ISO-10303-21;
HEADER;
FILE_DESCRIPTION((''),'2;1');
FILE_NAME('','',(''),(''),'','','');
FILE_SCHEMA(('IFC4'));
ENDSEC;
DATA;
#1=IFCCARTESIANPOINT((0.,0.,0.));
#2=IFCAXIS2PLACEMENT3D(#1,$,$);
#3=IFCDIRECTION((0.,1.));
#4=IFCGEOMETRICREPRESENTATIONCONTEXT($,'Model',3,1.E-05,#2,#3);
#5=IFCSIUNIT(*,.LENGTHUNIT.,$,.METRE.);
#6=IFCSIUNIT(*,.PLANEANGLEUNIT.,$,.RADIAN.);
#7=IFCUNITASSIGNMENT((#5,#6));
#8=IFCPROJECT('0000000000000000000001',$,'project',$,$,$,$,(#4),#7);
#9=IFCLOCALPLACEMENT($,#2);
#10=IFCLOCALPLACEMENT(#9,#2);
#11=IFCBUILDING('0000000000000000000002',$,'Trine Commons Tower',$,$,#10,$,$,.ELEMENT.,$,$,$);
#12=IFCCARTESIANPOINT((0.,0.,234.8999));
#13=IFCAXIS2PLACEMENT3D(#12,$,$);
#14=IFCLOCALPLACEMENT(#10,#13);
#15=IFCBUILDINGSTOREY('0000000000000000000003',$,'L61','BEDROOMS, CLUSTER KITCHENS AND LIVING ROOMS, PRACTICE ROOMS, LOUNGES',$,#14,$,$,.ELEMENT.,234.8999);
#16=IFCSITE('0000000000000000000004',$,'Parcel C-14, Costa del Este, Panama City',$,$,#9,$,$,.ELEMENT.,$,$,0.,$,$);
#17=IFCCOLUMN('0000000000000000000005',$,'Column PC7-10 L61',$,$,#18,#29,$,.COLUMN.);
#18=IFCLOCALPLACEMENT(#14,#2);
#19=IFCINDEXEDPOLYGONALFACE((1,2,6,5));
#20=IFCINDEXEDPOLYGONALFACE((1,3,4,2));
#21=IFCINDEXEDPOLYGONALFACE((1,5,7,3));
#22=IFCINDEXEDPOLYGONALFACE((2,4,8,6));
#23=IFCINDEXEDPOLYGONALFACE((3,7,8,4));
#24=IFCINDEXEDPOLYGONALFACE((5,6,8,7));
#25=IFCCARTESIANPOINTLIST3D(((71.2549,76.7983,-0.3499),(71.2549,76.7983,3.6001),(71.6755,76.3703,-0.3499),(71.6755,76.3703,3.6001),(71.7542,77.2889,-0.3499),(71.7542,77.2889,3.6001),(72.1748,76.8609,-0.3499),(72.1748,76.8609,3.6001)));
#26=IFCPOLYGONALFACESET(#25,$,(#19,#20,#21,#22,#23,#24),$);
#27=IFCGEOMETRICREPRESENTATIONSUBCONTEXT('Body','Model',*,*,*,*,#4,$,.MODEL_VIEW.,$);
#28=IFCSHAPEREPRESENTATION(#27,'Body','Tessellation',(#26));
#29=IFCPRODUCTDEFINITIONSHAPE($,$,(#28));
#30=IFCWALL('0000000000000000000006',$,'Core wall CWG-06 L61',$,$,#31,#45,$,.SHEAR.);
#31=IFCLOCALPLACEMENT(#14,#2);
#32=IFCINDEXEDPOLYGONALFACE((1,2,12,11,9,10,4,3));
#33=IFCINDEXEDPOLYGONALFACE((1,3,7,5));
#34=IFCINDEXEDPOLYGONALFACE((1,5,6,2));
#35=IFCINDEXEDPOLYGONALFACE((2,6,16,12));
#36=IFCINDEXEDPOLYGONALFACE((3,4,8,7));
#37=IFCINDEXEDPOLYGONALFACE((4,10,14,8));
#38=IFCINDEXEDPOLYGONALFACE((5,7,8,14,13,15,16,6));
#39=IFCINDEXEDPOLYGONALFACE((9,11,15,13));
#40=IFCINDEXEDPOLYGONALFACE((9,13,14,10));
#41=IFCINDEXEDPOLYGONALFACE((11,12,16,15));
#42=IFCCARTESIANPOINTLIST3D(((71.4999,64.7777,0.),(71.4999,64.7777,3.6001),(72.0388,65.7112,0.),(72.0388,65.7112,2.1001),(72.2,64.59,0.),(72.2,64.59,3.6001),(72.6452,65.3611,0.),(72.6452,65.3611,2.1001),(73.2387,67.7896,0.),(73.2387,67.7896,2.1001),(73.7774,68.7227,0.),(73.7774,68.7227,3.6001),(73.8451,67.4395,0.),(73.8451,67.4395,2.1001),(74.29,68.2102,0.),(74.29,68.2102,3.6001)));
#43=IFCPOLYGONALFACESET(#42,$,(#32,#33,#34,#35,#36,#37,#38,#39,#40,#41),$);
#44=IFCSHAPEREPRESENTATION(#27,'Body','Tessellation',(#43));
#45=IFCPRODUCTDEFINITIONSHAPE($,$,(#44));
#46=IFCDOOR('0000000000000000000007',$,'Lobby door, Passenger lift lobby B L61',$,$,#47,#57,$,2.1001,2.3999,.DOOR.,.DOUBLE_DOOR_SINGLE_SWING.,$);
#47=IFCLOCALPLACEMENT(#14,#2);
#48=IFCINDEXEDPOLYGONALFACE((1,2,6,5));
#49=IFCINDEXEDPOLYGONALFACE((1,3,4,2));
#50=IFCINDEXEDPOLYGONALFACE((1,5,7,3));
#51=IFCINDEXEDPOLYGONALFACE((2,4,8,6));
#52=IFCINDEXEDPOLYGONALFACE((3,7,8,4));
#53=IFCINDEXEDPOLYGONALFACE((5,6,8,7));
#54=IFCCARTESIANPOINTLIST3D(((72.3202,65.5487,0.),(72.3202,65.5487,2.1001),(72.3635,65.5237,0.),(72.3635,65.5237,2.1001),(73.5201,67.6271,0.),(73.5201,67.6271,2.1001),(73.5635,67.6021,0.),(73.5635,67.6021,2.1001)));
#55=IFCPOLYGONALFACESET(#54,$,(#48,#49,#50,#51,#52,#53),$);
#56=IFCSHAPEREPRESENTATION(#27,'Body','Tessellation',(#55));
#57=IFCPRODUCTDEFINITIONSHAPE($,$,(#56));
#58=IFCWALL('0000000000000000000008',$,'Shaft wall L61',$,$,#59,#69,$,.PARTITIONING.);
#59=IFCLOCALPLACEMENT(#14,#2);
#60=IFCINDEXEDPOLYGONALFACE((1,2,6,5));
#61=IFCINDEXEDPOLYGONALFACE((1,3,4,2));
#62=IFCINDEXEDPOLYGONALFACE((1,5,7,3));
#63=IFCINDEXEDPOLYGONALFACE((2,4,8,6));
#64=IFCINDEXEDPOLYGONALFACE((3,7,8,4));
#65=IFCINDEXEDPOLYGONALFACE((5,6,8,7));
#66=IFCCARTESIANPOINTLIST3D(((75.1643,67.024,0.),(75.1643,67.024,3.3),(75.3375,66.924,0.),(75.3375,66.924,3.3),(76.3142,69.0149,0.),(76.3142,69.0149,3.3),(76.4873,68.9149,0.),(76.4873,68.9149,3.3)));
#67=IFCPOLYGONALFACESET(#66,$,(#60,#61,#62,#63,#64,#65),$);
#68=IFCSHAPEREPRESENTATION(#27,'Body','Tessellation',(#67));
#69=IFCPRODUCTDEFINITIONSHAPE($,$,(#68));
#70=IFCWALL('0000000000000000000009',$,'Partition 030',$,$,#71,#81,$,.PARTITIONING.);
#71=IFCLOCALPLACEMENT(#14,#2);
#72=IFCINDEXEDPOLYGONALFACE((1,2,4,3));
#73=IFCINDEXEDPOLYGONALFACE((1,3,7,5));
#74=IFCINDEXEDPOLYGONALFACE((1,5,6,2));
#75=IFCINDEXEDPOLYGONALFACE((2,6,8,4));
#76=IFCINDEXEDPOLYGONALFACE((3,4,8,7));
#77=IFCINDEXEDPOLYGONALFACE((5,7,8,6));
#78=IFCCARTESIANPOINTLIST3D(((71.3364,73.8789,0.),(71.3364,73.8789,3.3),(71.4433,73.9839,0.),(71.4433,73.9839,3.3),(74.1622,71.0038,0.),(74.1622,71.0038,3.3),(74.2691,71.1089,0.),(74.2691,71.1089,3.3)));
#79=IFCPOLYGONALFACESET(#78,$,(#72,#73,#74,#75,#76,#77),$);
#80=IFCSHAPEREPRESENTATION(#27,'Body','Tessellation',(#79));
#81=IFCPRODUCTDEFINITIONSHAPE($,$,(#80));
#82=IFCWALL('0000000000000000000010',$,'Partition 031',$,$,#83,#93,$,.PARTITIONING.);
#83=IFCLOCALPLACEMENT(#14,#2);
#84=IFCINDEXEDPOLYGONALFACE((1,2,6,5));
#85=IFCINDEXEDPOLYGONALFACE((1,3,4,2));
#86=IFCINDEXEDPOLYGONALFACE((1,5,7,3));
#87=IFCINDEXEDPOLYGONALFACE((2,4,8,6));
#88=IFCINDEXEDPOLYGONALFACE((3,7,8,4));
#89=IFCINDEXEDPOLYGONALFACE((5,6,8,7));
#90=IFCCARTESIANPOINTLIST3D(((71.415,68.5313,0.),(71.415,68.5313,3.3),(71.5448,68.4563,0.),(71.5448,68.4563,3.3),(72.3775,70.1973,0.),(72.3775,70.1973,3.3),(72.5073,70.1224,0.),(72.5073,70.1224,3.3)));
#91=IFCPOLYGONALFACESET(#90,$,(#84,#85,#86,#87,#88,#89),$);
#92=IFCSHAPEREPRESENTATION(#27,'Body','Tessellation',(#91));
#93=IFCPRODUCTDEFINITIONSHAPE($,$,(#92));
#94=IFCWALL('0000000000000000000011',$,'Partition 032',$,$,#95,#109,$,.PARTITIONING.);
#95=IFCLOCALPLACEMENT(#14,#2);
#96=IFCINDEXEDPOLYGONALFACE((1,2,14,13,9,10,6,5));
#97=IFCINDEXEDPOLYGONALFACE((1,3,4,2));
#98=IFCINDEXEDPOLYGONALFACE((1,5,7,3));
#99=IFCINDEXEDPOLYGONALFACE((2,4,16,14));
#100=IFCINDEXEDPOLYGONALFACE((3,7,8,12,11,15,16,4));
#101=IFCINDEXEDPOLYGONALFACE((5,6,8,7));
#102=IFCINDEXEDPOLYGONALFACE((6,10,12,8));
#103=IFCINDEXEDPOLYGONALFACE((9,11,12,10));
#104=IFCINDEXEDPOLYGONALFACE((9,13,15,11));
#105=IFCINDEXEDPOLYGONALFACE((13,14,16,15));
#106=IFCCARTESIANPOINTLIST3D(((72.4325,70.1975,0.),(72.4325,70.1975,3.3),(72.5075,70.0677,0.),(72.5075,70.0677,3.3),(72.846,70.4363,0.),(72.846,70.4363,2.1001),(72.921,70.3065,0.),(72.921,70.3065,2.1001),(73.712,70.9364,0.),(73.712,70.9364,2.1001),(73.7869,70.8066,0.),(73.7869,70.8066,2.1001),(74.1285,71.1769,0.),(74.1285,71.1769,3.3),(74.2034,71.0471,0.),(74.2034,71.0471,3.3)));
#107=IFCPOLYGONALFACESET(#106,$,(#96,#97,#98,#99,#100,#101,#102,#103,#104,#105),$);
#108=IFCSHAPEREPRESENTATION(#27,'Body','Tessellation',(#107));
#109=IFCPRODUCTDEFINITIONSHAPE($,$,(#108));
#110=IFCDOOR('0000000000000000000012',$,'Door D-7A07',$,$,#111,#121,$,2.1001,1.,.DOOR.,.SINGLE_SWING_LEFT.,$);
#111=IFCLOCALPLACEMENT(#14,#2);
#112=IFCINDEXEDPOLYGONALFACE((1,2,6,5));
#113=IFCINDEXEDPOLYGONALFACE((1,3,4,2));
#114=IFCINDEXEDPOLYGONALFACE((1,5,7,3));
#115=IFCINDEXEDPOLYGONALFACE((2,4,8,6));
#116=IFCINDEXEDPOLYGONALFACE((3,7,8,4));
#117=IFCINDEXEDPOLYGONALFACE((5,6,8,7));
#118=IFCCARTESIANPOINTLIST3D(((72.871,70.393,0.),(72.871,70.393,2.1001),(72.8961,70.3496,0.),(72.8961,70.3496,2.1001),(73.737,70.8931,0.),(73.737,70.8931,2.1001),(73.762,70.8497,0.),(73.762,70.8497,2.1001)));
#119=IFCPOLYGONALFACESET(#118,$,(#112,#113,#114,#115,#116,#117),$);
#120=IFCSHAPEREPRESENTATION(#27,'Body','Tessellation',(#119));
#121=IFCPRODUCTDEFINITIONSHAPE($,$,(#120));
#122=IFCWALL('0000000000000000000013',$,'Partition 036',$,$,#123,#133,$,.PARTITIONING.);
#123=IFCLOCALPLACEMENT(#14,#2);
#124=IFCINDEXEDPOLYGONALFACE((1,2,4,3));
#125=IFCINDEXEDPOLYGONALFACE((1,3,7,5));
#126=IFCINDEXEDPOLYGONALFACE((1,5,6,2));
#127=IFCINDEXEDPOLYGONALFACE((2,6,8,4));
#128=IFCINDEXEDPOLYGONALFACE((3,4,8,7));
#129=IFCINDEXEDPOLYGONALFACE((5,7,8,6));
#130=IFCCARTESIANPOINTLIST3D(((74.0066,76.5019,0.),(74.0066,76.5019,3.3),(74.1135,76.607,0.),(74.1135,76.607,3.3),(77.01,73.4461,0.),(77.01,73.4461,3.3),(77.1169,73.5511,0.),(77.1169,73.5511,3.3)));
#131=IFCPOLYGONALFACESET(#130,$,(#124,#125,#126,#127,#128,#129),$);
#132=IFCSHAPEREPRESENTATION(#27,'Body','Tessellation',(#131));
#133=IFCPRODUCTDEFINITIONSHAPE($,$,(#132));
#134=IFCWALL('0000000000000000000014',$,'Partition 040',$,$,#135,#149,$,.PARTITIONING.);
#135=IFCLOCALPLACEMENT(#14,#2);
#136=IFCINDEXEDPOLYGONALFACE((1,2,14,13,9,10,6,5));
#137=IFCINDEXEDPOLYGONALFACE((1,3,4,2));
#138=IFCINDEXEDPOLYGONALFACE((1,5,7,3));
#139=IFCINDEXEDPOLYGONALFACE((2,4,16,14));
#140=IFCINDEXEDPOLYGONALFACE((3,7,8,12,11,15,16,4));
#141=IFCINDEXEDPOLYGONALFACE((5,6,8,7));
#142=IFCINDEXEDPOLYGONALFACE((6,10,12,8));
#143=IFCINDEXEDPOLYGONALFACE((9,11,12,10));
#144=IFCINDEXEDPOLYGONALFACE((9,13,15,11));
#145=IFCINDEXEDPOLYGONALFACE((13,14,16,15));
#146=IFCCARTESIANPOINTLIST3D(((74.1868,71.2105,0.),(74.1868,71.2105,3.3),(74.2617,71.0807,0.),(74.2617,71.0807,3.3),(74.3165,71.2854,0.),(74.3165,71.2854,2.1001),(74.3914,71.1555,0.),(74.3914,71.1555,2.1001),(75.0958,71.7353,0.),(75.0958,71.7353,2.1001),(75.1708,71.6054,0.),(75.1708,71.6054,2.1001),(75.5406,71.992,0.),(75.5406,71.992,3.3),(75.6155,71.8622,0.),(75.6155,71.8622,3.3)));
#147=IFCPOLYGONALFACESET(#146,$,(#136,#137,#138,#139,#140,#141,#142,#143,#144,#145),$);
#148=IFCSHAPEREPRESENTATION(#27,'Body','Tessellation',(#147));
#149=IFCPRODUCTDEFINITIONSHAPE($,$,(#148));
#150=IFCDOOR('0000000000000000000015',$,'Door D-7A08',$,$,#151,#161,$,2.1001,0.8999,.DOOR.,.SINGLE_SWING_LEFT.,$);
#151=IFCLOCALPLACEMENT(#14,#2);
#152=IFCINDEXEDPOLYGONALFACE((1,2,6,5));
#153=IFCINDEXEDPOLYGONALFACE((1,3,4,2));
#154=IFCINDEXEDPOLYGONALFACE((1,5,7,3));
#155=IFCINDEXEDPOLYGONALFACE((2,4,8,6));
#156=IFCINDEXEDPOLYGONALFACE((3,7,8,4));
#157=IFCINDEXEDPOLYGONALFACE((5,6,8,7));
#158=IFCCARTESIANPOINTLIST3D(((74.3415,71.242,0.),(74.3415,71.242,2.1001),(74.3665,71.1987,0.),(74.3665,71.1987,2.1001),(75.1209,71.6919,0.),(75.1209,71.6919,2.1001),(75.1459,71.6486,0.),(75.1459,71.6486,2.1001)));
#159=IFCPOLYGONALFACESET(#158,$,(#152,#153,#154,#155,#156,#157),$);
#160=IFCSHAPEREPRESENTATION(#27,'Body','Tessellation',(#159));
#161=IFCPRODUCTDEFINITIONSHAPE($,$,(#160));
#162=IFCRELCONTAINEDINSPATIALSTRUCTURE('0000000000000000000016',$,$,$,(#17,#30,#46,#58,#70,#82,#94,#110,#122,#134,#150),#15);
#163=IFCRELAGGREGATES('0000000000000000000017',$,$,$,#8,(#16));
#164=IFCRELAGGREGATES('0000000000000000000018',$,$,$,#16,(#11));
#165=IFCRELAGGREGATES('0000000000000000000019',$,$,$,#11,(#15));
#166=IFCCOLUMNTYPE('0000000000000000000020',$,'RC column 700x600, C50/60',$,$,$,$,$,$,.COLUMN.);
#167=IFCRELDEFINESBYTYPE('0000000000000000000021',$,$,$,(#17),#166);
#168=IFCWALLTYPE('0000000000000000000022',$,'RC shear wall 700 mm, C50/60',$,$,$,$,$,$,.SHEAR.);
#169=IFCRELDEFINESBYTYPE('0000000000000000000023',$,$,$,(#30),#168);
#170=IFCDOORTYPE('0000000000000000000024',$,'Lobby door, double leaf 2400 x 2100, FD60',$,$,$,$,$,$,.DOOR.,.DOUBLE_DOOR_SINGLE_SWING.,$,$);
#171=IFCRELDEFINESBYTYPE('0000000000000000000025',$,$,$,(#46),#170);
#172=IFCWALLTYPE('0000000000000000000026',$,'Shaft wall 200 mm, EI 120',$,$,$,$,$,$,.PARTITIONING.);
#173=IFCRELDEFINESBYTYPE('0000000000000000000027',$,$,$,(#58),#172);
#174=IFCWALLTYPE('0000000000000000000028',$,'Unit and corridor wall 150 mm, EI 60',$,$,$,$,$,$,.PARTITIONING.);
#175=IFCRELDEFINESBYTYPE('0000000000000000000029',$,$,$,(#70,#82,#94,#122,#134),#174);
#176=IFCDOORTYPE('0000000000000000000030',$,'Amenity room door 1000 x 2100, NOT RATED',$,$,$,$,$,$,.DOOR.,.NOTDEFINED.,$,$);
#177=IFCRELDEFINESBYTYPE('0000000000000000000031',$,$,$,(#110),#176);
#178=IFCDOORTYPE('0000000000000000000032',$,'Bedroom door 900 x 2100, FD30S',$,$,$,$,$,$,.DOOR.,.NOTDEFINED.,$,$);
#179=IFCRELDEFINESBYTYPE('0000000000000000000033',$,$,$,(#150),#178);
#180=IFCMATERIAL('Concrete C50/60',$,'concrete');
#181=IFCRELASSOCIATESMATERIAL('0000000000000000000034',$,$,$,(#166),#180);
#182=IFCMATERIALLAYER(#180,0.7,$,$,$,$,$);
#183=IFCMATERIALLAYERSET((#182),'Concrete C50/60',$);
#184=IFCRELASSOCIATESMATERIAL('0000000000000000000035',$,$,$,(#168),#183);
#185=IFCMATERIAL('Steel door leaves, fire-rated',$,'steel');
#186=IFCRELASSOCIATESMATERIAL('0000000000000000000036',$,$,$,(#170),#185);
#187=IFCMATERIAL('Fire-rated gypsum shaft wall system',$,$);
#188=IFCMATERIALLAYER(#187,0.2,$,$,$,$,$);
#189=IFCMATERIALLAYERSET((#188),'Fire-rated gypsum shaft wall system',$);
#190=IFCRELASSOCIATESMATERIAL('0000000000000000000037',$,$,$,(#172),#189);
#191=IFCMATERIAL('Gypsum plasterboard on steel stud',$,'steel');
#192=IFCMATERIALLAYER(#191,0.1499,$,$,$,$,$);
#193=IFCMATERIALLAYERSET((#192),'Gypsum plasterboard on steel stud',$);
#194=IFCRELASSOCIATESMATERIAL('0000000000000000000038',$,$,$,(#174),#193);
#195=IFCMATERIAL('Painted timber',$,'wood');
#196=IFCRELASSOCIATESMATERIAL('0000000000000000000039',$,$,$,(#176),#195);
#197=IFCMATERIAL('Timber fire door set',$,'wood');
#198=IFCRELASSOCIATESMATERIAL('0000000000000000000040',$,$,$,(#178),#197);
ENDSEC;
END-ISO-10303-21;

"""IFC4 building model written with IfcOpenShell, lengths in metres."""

from ifc_helpers import new_model, si_unit, direction, frame, frame_2d, origin, origin_2d, place, context, subcontext, project, spatial, polyline, rectangle, outline, extrude, material, layer, layer_set, material_profile, profile_set, type_object, element, fill, save


model = new_model("IFC4")

# Units and contexts
model_context = context("Model", 3, precision=1e-05, world=origin(), true_north=direction((0.0, 1.0)))
body_context = subcontext(model_context, "Body", "Model", "MODEL_VIEW")
ifc_project = project(units=[si_unit("LENGTHUNIT", "METRE"), si_unit("PLANEANGLEUNIT", "RADIAN")], contexts=[model_context])

# Site, building, storey
site_placement = place(None, origin())
site = spatial("IfcSite", under=ifc_project, at=site_placement, Name="Parcel C-14, Costa del Este, Panama City", CompositionType="ELEMENT", RefElevation=0.0)
building_placement = place(site_placement, origin())
building = spatial("IfcBuilding", under=site, at=building_placement, Name="Trine Commons Tower", CompositionType="ELEMENT")
storey_placement = place(building_placement, frame((0.0, 0.0, 234.8999)))
storey = spatial("IfcBuildingStorey", under=building, at=storey_placement, Name="L61", Description="BEDROOMS, CLUSTER KITCHENS AND LIVING ROOMS, PRACTICE ROOMS, LOUNGES", CompositionType="ELEMENT", Elevation=234.8999)

# Column
ifc_material_1 = material(Name="Concrete C50/60", Category="concrete")
ifc_material_profile = material_profile(ifc_material_1, rectangle(XDim=0.7, YDim=0.6001, at=origin_2d()), Name="RC 700x600")
ifc_profile_set = profile_set([ifc_material_profile], Name="Concrete C50/60")
column_type = type_object("IfcColumnType", Name="RC column 700x600, C50/60", PredefinedType="COLUMN", material=ifc_profile_set)
column_placement = place(storey_placement, frame((71.7148, 76.8296, -0.3499), z_axis=(0.0, 0.0, 1.0), x_axis=(0.71325, 0.700909, 0.0)))
element("IfcColumn", 1, at=column_placement, inside=storey, type_object=column_type, Name="Column PC7-10 L61", PredefinedType="COLUMN", context=body_context, shape_type="SweptSolid", body=[
    extrude(rectangle(XDim=0.7, YDim=0.6001, at=origin_2d()), origin(), (0.0, 0.0, 1.0), 3.95),
])

# Wall, opening, door
ifc_layer_1 = layer(ifc_material_1, 0.7)
ifc_layer_set_1 = layer_set([ifc_layer_1], Name="Concrete C50/60")
wall_type_1 = type_object("IfcWallType", Name="RC shear wall 700 mm, C50/60", PredefinedType="SHEAR", material=ifc_layer_set_1)
wall_1_placement = place(storey_placement, frame((74.0806, 68.5476, 0.0), z_axis=(0.0, 0.0, 1.0), x_axis=(-0.499984, -0.866035, 0.0)))
wall_1 = element("IfcWall", 2, at=wall_1_placement, inside=storey, type_object=wall_type_1, Name="Core wall CWG-06 L61", PredefinedType="SHEAR", context=body_context, shape_type="SweptSolid", body=[
    extrude(outline(polyline([(0.0, -0.3501), (4.5552, -0.3501), (4.3677, 0.3501), (0.1875, 0.3501), (0.0, -0.3501)])), origin(), (0.0, 0.0, 1.0), 3.6001),
])
opening_1_placement = place(wall_1_placement, frame((1.0774, 0.0, 0.0)))
opening_1 = element("IfcOpeningElement", 3, at=opening_1_placement, cuts=wall_1, PredefinedType="OPENING", context=body_context, shape_type="SweptSolid", body=[
    extrude(rectangle(XDim=2.3999, YDim=2.1001, at=frame_2d((1.2, 1.05))), frame((0.0, 0.3599, 0.0), z_axis=(0.0, -1.0, 0.0), x_axis=(1.0, 0.0, 0.0)), (0.0, 0.0, 1.0), 0.72),
])
ifc_material_2 = material(Name="Steel door leaves, fire-rated", Category="steel")
door_type_1 = type_object("IfcDoorType", Name="Lobby door, double leaf 2400 x 2100, FD60", OperationType="DOUBLE_DOOR_SINGLE_SWING", PredefinedType="DOOR", material=ifc_material_2)
door_1_placement = place(opening_1_placement, origin())
door_1 = element("IfcDoor", 4, at=door_1_placement, inside=storey, type_object=door_type_1, Name="Lobby door, Passenger lift lobby B L61", OperationType="DOUBLE_DOOR_SINGLE_SWING", OverallHeight=2.1001, OverallWidth=2.3999, PredefinedType="DOOR", context=body_context, shape_type="SweptSolid", body=[
    extrude(rectangle(XDim=2.3999, YDim=2.1001, at=frame_2d((1.2, 1.05))), frame((0.0, 0.0249, 0.0), z_axis=(0.0, -1.0, 0.0), x_axis=(1.0, 0.0, 0.0)), (0.0, 0.0, 1.0), 0.05),
])
fill(opening_1, door_1)

# Walls
ifc_material_3 = material(Name="Fire-rated gypsum shaft wall system")
ifc_layer_2 = layer(ifc_material_3, 0.2)
ifc_layer_set_2 = layer_set([ifc_layer_2], Name="Fire-rated gypsum shaft wall system")
wall_type_2 = type_object("IfcWallType", Name="Shaft wall 200 mm, EI 120", PredefinedType="PARTITIONING", material=ifc_layer_set_2)
wall_2_placement = place(storey_placement, frame((75.251, 66.9741, 0.0), z_axis=(0.0, 0.0, 1.0), x_axis=(0.500136, 0.865947, 0.0)))
element("IfcWall", 5, at=wall_2_placement, inside=storey, type_object=wall_type_2, Name="Shaft wall L61", PredefinedType="PARTITIONING", context=body_context, shape_type="SweptSolid", body=[
    extrude(rectangle(XDim=2.2991, YDim=0.2, at=frame_2d((1.1494, 0.0))), origin(), (0.0, 0.0, 1.0), 3.3),
])
ifc_material_4 = material(Name="Gypsum plasterboard on steel stud", Category="steel")
ifc_layer_3 = layer(ifc_material_4, 0.1499)
ifc_layer_set_3 = layer_set([ifc_layer_3], Name="Gypsum plasterboard on steel stud")
wall_type_3 = type_object("IfcWallType", Name="Unit and corridor wall 150 mm, EI 60", PredefinedType="PARTITIONING", material=ifc_layer_set_3)
wall_3_placement = place(storey_placement, frame((71.3899, 73.9314, 0.0), z_axis=(0.0, 0.0, 1.0), x_axis=(0.700963, -0.713197, 0.0)))
element("IfcWall", 6, at=wall_3_placement, inside=storey, type_object=wall_type_3, Name="Partition 030", PredefinedType="PARTITIONING", context=body_context, shape_type="SweptSolid", body=[
    extrude(rectangle(XDim=4.0312, YDim=0.1499, at=frame_2d((2.0156, 0.0))), origin(), (0.0, 0.0, 1.0), 3.3),
])
wall_4_placement = place(storey_placement, frame((71.48, 68.4939, 0.0), z_axis=(0.0, 0.0, 1.0), x_axis=(0.500206, 0.865907, 0.0)))
element("IfcWall", 7, at=wall_4_placement, inside=storey, type_object=wall_type_3, Name="Partition 031", PredefinedType="PARTITIONING", context=body_context, shape_type="SweptSolid", body=[
    extrude(rectangle(XDim=1.9241, YDim=0.1499, at=frame_2d((0.9619, 0.0))), origin(), (0.0, 0.0, 1.0), 3.3),
])

# Wall, opening, door
wall_5_placement = place(storey_placement, frame((72.47, 70.1326, 0.0), z_axis=(0.0, 0.0, 1.0), x_axis=(0.865963, 0.500107, 0.0)))
wall_5 = element("IfcWall", 8, at=wall_5_placement, inside=storey, type_object=wall_type_3, Name="Partition 032", PredefinedType="PARTITIONING", context=body_context, shape_type="SweptSolid", body=[
    extrude(rectangle(XDim=1.9585, YDim=0.1499, at=frame_2d((0.9792, 0.0))), origin(), (0.0, 0.0, 1.0), 3.3),
])
opening_2_placement = place(wall_5_placement, frame((0.4775, 0.0, 0.0)))
opening_2 = element("IfcOpeningElement", 9, at=opening_2_placement, cuts=wall_5, PredefinedType="OPENING", context=body_context, shape_type="SweptSolid", body=[
    extrude(rectangle(XDim=1.0, YDim=2.1001, at=frame_2d((0.5, 1.05))), frame((0.0, 0.085, 0.0), z_axis=(0.0, -1.0, 0.0), x_axis=(1.0, 0.0, 0.0)), (0.0, 0.0, 1.0), 0.1699),
])
ifc_material_5 = material(Name="Painted timber", Category="wood")
door_type_2 = type_object("IfcDoorType", Name="Amenity room door 1000 x 2100, NOT RATED", OperationType="NOTDEFINED", PredefinedType="DOOR", material=ifc_material_5)
door_2_placement = place(opening_2_placement, origin())
door_2 = element("IfcDoor", 10, at=door_2_placement, inside=storey, type_object=door_type_2, Name="Door D-7A07", OperationType="SINGLE_SWING_LEFT", OverallHeight=2.1001, OverallWidth=1.0, PredefinedType="DOOR", context=body_context, shape_type="SweptSolid", body=[
    extrude(rectangle(XDim=1.0, YDim=2.1001, at=frame_2d((0.5, 1.05))), frame((0.0, 0.0249, 0.0), z_axis=(0.0, -1.0, 0.0), x_axis=(1.0, 0.0, 0.0)), (0.0, 0.0, 1.0), 0.05),
])
fill(opening_2, door_2)

# Wall
wall_6_placement = place(storey_placement, frame((74.0601, 76.5544, 0.0), z_axis=(0.0, 0.0, 1.0), x_axis=(0.700955, -0.713205, 0.0)))
element("IfcWall", 11, at=wall_6_placement, inside=storey, type_object=wall_type_3, Name="Partition 036", PredefinedType="PARTITIONING", context=body_context, shape_type="SweptSolid", body=[
    extrude(rectangle(XDim=4.2847, YDim=0.1499, at=frame_2d((2.1423, 0.0))), origin(), (0.0, 0.0, 1.0), 3.3),
])

# Wall, opening, door
wall_7_placement = place(storey_placement, frame((74.2241, 71.1455, 0.0), z_axis=(0.0, 0.0, 1.0), x_axis=(0.866053, 0.499952, 0.0)))
wall_7 = element("IfcWall", 12, at=wall_7_placement, inside=storey, type_object=wall_type_3, Name="Partition 040", PredefinedType="PARTITIONING", context=body_context, shape_type="SweptSolid", body=[
    extrude(rectangle(XDim=1.5632, YDim=0.1499, at=frame_2d((0.7817, 0.0))), origin(), (0.0, 0.0, 1.0), 3.3),
])
opening_3_placement = place(wall_7_placement, frame((0.1499, 0.0, 0.0)))
opening_3 = element("IfcOpeningElement", 13, at=opening_3_placement, cuts=wall_7, PredefinedType="OPENING", context=body_context, shape_type="SweptSolid", body=[
    extrude(rectangle(XDim=0.8999, YDim=2.1001, at=frame_2d((0.45, 1.05))), frame((0.0, 0.085, 0.0), z_axis=(0.0, -1.0, 0.0), x_axis=(1.0, 0.0, 0.0)), (0.0, 0.0, 1.0), 0.1699),
])
ifc_material_6 = material(Name="Timber fire door set", Category="wood")
door_type_3 = type_object("IfcDoorType", Name="Bedroom door 900 x 2100, FD30S", OperationType="NOTDEFINED", PredefinedType="DOOR", material=ifc_material_6)
door_3_placement = place(opening_3_placement, origin())
door_3 = element("IfcDoor", 14, at=door_3_placement, inside=storey, type_object=door_type_3, Name="Door D-7A08", OperationType="SINGLE_SWING_LEFT", OverallHeight=2.1001, OverallWidth=0.8999, PredefinedType="DOOR", context=body_context, shape_type="SweptSolid", body=[
    extrude(rectangle(XDim=0.8999, YDim=2.1001, at=frame_2d((0.45, 1.05))), frame((0.0, 0.0249, 0.0), z_axis=(0.0, -1.0, 0.0), x_axis=(1.0, 0.0, 0.0)), (0.0, 0.0, 1.0), 0.05),
])
fill(opening_3, door_3)

save(model, "model.ifc")
